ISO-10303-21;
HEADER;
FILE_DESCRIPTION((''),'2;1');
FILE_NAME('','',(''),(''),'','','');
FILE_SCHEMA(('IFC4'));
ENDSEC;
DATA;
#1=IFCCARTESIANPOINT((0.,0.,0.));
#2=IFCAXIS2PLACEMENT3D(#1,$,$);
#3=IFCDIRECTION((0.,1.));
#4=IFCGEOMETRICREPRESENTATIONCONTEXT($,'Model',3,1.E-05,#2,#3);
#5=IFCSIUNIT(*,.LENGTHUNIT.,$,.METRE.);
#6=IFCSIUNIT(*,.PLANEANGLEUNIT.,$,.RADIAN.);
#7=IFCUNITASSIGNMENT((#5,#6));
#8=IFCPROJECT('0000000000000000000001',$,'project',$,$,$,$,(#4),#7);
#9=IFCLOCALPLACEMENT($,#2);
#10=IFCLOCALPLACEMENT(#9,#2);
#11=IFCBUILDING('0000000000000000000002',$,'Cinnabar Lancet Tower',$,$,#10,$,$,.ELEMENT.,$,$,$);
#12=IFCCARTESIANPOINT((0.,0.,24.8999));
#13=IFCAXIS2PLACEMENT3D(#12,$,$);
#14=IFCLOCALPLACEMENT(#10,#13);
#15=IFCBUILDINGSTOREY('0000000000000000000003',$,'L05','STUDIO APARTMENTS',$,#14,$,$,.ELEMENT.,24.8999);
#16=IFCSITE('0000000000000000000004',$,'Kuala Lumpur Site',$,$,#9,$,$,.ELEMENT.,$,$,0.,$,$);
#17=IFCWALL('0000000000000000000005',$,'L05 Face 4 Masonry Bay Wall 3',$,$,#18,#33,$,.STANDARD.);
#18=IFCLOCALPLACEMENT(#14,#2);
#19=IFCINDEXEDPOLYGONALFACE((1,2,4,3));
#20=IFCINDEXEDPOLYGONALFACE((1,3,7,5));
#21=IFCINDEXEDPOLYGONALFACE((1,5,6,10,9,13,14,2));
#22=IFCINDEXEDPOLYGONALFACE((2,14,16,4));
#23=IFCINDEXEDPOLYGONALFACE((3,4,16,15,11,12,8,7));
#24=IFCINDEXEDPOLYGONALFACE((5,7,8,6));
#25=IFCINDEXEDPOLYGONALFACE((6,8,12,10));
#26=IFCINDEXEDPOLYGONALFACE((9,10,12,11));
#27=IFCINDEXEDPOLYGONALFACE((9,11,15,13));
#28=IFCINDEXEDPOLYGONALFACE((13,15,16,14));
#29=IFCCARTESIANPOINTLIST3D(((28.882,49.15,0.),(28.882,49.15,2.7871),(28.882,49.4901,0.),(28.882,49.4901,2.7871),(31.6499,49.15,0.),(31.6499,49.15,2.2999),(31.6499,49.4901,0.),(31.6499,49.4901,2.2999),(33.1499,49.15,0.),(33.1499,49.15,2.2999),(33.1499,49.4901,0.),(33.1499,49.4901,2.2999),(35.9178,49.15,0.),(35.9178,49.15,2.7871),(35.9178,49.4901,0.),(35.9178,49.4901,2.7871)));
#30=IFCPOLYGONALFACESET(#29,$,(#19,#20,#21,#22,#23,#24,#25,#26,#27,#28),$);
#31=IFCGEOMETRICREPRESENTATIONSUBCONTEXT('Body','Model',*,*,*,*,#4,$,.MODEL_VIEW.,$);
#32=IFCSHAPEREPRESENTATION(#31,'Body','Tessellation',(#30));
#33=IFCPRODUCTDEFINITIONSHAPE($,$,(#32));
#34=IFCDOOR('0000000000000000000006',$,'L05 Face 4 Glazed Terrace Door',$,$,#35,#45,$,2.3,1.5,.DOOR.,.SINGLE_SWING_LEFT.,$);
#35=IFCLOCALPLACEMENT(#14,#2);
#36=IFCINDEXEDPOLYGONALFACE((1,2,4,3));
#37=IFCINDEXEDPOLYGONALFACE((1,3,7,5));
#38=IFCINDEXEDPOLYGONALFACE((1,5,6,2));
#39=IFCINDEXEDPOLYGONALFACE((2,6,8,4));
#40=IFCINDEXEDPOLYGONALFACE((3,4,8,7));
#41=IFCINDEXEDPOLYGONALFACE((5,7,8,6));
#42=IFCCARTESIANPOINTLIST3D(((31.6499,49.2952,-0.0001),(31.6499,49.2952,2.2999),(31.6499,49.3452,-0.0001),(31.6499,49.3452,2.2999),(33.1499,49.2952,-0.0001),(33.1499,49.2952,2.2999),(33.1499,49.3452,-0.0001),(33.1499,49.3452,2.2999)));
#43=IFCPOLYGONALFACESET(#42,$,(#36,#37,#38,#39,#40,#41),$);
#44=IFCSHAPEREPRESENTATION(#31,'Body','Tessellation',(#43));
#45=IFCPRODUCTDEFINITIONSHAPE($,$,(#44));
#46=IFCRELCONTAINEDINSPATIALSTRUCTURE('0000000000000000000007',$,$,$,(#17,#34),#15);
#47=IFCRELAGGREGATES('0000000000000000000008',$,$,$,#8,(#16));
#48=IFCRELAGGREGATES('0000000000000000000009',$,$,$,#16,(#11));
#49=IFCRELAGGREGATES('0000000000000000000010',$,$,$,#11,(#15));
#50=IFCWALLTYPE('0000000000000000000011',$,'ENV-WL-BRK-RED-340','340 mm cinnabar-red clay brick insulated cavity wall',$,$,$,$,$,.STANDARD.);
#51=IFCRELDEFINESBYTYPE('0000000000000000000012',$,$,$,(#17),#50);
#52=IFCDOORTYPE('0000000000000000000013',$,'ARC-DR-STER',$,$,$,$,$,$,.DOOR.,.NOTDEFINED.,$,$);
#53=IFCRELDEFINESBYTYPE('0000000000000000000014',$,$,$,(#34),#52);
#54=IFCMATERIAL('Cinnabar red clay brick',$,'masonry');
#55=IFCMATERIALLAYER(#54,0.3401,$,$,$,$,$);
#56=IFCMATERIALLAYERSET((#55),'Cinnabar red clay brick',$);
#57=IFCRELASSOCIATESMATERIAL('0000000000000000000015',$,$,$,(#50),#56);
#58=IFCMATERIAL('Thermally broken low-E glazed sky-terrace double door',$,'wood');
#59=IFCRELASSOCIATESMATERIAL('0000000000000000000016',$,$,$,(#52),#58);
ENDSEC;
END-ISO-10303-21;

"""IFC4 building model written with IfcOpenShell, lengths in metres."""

from ifc_helpers import new_model, si_unit, direction, frame, frame_2d, origin, place, context, subcontext, project, spatial, rectangle, extrude, material, layer, layer_set, type_object, element, fill, save


model = new_model("IFC4")

# Units and contexts
model_context = context("Model", 3, precision=1e-05, world=origin(), true_north=direction((0.0, 1.0)))
body_context = subcontext(model_context, "Body", "Model", "MODEL_VIEW")
ifc_project = project(units=[si_unit("LENGTHUNIT", "METRE"), si_unit("PLANEANGLEUNIT", "RADIAN")], contexts=[model_context])

# Site, building, storey
site_placement = place(None, origin())
site = spatial("IfcSite", under=ifc_project, at=site_placement, Name="Kuala Lumpur Site", CompositionType="ELEMENT", RefElevation=0.0)
building_placement = place(site_placement, origin())
building = spatial("IfcBuilding", under=site, at=building_placement, Name="Cinnabar Lancet Tower", CompositionType="ELEMENT")
storey_placement = place(building_placement, frame((0.0, 0.0, 24.8999)))
storey = spatial("IfcBuildingStorey", under=building, at=storey_placement, Name="L05", Description="STUDIO APARTMENTS", CompositionType="ELEMENT", Elevation=24.8999)

# Wall, opening, door
ifc_material_1 = material(Name="Cinnabar red clay brick", Category="masonry")
ifc_layer_1 = layer(ifc_material_1, 0.3401)
ifc_layer_set_1 = layer_set([ifc_layer_1], Name="Cinnabar red clay brick")
wall_type_1 = type_object("IfcWallType", Name="ENV-WL-BRK-RED-340", Description="340 mm cinnabar-red clay brick insulated cavity wall", PredefinedType="STANDARD", material=ifc_layer_set_1)
wall_1_placement = place(storey_placement, frame((35.918, 49.3201, 0.0), z_axis=(0.0, 0.0, 1.0), x_axis=(-1.0, 0.0, 0.0)))
wall_1 = element("IfcWall", 1, at=wall_1_placement, inside=storey, type_object=wall_type_1, Name="L05 Face 4 Masonry Bay Wall 3", PredefinedType="STANDARD", context=body_context, shape_type="SweptSolid", body=[
    extrude(rectangle(XDim=7.0359, YDim=0.3401, at=frame_2d((3.5181, 0.0))), origin(), (0.0, 0.0, 1.0), 2.7871),
])
opening_1_placement = place(wall_1_placement, frame((2.7681, 0.0, 0.0)))
opening_1 = element("IfcOpeningElement", 2, at=opening_1_placement, cuts=wall_1, PredefinedType="OPENING", context=body_context, shape_type="SweptSolid", body=[
    extrude(rectangle(XDim=1.5, YDim=2.3, at=frame_2d((0.75, 1.1499))), frame((0.0, 0.1799, 0.0), z_axis=(0.0, -1.0, 0.0), x_axis=(1.0, 0.0, 0.0)), (0.0, 0.0, 1.0), 0.3601),
])
ifc_material_2 = material(Name="Thermally broken low-E glazed sky-terrace double door", Category="wood")
door_type_1 = type_object("IfcDoorType", Name="ARC-DR-STER", OperationType="NOTDEFINED", PredefinedType="DOOR", material=ifc_material_2)
door_1_placement = place(opening_1_placement, origin())
door_1 = element("IfcDoor", 3, at=door_1_placement, inside=storey, type_object=door_type_1, Name="L05 Face 4 Glazed Terrace Door", OperationType="SINGLE_SWING_LEFT", OverallHeight=2.3, OverallWidth=1.5, PredefinedType="DOOR", context=body_context, shape_type="SweptSolid", body=[
    extrude(rectangle(XDim=1.5, YDim=2.3, at=frame_2d((0.75, 1.1499))), frame((0.0, 0.0249, 0.0), z_axis=(0.0, -1.0, 0.0), x_axis=(1.0, 0.0, 0.0)), (0.0, 0.0, 1.0), 0.05),
])
fill(opening_1, door_1)

save(model, "model.ifc")
